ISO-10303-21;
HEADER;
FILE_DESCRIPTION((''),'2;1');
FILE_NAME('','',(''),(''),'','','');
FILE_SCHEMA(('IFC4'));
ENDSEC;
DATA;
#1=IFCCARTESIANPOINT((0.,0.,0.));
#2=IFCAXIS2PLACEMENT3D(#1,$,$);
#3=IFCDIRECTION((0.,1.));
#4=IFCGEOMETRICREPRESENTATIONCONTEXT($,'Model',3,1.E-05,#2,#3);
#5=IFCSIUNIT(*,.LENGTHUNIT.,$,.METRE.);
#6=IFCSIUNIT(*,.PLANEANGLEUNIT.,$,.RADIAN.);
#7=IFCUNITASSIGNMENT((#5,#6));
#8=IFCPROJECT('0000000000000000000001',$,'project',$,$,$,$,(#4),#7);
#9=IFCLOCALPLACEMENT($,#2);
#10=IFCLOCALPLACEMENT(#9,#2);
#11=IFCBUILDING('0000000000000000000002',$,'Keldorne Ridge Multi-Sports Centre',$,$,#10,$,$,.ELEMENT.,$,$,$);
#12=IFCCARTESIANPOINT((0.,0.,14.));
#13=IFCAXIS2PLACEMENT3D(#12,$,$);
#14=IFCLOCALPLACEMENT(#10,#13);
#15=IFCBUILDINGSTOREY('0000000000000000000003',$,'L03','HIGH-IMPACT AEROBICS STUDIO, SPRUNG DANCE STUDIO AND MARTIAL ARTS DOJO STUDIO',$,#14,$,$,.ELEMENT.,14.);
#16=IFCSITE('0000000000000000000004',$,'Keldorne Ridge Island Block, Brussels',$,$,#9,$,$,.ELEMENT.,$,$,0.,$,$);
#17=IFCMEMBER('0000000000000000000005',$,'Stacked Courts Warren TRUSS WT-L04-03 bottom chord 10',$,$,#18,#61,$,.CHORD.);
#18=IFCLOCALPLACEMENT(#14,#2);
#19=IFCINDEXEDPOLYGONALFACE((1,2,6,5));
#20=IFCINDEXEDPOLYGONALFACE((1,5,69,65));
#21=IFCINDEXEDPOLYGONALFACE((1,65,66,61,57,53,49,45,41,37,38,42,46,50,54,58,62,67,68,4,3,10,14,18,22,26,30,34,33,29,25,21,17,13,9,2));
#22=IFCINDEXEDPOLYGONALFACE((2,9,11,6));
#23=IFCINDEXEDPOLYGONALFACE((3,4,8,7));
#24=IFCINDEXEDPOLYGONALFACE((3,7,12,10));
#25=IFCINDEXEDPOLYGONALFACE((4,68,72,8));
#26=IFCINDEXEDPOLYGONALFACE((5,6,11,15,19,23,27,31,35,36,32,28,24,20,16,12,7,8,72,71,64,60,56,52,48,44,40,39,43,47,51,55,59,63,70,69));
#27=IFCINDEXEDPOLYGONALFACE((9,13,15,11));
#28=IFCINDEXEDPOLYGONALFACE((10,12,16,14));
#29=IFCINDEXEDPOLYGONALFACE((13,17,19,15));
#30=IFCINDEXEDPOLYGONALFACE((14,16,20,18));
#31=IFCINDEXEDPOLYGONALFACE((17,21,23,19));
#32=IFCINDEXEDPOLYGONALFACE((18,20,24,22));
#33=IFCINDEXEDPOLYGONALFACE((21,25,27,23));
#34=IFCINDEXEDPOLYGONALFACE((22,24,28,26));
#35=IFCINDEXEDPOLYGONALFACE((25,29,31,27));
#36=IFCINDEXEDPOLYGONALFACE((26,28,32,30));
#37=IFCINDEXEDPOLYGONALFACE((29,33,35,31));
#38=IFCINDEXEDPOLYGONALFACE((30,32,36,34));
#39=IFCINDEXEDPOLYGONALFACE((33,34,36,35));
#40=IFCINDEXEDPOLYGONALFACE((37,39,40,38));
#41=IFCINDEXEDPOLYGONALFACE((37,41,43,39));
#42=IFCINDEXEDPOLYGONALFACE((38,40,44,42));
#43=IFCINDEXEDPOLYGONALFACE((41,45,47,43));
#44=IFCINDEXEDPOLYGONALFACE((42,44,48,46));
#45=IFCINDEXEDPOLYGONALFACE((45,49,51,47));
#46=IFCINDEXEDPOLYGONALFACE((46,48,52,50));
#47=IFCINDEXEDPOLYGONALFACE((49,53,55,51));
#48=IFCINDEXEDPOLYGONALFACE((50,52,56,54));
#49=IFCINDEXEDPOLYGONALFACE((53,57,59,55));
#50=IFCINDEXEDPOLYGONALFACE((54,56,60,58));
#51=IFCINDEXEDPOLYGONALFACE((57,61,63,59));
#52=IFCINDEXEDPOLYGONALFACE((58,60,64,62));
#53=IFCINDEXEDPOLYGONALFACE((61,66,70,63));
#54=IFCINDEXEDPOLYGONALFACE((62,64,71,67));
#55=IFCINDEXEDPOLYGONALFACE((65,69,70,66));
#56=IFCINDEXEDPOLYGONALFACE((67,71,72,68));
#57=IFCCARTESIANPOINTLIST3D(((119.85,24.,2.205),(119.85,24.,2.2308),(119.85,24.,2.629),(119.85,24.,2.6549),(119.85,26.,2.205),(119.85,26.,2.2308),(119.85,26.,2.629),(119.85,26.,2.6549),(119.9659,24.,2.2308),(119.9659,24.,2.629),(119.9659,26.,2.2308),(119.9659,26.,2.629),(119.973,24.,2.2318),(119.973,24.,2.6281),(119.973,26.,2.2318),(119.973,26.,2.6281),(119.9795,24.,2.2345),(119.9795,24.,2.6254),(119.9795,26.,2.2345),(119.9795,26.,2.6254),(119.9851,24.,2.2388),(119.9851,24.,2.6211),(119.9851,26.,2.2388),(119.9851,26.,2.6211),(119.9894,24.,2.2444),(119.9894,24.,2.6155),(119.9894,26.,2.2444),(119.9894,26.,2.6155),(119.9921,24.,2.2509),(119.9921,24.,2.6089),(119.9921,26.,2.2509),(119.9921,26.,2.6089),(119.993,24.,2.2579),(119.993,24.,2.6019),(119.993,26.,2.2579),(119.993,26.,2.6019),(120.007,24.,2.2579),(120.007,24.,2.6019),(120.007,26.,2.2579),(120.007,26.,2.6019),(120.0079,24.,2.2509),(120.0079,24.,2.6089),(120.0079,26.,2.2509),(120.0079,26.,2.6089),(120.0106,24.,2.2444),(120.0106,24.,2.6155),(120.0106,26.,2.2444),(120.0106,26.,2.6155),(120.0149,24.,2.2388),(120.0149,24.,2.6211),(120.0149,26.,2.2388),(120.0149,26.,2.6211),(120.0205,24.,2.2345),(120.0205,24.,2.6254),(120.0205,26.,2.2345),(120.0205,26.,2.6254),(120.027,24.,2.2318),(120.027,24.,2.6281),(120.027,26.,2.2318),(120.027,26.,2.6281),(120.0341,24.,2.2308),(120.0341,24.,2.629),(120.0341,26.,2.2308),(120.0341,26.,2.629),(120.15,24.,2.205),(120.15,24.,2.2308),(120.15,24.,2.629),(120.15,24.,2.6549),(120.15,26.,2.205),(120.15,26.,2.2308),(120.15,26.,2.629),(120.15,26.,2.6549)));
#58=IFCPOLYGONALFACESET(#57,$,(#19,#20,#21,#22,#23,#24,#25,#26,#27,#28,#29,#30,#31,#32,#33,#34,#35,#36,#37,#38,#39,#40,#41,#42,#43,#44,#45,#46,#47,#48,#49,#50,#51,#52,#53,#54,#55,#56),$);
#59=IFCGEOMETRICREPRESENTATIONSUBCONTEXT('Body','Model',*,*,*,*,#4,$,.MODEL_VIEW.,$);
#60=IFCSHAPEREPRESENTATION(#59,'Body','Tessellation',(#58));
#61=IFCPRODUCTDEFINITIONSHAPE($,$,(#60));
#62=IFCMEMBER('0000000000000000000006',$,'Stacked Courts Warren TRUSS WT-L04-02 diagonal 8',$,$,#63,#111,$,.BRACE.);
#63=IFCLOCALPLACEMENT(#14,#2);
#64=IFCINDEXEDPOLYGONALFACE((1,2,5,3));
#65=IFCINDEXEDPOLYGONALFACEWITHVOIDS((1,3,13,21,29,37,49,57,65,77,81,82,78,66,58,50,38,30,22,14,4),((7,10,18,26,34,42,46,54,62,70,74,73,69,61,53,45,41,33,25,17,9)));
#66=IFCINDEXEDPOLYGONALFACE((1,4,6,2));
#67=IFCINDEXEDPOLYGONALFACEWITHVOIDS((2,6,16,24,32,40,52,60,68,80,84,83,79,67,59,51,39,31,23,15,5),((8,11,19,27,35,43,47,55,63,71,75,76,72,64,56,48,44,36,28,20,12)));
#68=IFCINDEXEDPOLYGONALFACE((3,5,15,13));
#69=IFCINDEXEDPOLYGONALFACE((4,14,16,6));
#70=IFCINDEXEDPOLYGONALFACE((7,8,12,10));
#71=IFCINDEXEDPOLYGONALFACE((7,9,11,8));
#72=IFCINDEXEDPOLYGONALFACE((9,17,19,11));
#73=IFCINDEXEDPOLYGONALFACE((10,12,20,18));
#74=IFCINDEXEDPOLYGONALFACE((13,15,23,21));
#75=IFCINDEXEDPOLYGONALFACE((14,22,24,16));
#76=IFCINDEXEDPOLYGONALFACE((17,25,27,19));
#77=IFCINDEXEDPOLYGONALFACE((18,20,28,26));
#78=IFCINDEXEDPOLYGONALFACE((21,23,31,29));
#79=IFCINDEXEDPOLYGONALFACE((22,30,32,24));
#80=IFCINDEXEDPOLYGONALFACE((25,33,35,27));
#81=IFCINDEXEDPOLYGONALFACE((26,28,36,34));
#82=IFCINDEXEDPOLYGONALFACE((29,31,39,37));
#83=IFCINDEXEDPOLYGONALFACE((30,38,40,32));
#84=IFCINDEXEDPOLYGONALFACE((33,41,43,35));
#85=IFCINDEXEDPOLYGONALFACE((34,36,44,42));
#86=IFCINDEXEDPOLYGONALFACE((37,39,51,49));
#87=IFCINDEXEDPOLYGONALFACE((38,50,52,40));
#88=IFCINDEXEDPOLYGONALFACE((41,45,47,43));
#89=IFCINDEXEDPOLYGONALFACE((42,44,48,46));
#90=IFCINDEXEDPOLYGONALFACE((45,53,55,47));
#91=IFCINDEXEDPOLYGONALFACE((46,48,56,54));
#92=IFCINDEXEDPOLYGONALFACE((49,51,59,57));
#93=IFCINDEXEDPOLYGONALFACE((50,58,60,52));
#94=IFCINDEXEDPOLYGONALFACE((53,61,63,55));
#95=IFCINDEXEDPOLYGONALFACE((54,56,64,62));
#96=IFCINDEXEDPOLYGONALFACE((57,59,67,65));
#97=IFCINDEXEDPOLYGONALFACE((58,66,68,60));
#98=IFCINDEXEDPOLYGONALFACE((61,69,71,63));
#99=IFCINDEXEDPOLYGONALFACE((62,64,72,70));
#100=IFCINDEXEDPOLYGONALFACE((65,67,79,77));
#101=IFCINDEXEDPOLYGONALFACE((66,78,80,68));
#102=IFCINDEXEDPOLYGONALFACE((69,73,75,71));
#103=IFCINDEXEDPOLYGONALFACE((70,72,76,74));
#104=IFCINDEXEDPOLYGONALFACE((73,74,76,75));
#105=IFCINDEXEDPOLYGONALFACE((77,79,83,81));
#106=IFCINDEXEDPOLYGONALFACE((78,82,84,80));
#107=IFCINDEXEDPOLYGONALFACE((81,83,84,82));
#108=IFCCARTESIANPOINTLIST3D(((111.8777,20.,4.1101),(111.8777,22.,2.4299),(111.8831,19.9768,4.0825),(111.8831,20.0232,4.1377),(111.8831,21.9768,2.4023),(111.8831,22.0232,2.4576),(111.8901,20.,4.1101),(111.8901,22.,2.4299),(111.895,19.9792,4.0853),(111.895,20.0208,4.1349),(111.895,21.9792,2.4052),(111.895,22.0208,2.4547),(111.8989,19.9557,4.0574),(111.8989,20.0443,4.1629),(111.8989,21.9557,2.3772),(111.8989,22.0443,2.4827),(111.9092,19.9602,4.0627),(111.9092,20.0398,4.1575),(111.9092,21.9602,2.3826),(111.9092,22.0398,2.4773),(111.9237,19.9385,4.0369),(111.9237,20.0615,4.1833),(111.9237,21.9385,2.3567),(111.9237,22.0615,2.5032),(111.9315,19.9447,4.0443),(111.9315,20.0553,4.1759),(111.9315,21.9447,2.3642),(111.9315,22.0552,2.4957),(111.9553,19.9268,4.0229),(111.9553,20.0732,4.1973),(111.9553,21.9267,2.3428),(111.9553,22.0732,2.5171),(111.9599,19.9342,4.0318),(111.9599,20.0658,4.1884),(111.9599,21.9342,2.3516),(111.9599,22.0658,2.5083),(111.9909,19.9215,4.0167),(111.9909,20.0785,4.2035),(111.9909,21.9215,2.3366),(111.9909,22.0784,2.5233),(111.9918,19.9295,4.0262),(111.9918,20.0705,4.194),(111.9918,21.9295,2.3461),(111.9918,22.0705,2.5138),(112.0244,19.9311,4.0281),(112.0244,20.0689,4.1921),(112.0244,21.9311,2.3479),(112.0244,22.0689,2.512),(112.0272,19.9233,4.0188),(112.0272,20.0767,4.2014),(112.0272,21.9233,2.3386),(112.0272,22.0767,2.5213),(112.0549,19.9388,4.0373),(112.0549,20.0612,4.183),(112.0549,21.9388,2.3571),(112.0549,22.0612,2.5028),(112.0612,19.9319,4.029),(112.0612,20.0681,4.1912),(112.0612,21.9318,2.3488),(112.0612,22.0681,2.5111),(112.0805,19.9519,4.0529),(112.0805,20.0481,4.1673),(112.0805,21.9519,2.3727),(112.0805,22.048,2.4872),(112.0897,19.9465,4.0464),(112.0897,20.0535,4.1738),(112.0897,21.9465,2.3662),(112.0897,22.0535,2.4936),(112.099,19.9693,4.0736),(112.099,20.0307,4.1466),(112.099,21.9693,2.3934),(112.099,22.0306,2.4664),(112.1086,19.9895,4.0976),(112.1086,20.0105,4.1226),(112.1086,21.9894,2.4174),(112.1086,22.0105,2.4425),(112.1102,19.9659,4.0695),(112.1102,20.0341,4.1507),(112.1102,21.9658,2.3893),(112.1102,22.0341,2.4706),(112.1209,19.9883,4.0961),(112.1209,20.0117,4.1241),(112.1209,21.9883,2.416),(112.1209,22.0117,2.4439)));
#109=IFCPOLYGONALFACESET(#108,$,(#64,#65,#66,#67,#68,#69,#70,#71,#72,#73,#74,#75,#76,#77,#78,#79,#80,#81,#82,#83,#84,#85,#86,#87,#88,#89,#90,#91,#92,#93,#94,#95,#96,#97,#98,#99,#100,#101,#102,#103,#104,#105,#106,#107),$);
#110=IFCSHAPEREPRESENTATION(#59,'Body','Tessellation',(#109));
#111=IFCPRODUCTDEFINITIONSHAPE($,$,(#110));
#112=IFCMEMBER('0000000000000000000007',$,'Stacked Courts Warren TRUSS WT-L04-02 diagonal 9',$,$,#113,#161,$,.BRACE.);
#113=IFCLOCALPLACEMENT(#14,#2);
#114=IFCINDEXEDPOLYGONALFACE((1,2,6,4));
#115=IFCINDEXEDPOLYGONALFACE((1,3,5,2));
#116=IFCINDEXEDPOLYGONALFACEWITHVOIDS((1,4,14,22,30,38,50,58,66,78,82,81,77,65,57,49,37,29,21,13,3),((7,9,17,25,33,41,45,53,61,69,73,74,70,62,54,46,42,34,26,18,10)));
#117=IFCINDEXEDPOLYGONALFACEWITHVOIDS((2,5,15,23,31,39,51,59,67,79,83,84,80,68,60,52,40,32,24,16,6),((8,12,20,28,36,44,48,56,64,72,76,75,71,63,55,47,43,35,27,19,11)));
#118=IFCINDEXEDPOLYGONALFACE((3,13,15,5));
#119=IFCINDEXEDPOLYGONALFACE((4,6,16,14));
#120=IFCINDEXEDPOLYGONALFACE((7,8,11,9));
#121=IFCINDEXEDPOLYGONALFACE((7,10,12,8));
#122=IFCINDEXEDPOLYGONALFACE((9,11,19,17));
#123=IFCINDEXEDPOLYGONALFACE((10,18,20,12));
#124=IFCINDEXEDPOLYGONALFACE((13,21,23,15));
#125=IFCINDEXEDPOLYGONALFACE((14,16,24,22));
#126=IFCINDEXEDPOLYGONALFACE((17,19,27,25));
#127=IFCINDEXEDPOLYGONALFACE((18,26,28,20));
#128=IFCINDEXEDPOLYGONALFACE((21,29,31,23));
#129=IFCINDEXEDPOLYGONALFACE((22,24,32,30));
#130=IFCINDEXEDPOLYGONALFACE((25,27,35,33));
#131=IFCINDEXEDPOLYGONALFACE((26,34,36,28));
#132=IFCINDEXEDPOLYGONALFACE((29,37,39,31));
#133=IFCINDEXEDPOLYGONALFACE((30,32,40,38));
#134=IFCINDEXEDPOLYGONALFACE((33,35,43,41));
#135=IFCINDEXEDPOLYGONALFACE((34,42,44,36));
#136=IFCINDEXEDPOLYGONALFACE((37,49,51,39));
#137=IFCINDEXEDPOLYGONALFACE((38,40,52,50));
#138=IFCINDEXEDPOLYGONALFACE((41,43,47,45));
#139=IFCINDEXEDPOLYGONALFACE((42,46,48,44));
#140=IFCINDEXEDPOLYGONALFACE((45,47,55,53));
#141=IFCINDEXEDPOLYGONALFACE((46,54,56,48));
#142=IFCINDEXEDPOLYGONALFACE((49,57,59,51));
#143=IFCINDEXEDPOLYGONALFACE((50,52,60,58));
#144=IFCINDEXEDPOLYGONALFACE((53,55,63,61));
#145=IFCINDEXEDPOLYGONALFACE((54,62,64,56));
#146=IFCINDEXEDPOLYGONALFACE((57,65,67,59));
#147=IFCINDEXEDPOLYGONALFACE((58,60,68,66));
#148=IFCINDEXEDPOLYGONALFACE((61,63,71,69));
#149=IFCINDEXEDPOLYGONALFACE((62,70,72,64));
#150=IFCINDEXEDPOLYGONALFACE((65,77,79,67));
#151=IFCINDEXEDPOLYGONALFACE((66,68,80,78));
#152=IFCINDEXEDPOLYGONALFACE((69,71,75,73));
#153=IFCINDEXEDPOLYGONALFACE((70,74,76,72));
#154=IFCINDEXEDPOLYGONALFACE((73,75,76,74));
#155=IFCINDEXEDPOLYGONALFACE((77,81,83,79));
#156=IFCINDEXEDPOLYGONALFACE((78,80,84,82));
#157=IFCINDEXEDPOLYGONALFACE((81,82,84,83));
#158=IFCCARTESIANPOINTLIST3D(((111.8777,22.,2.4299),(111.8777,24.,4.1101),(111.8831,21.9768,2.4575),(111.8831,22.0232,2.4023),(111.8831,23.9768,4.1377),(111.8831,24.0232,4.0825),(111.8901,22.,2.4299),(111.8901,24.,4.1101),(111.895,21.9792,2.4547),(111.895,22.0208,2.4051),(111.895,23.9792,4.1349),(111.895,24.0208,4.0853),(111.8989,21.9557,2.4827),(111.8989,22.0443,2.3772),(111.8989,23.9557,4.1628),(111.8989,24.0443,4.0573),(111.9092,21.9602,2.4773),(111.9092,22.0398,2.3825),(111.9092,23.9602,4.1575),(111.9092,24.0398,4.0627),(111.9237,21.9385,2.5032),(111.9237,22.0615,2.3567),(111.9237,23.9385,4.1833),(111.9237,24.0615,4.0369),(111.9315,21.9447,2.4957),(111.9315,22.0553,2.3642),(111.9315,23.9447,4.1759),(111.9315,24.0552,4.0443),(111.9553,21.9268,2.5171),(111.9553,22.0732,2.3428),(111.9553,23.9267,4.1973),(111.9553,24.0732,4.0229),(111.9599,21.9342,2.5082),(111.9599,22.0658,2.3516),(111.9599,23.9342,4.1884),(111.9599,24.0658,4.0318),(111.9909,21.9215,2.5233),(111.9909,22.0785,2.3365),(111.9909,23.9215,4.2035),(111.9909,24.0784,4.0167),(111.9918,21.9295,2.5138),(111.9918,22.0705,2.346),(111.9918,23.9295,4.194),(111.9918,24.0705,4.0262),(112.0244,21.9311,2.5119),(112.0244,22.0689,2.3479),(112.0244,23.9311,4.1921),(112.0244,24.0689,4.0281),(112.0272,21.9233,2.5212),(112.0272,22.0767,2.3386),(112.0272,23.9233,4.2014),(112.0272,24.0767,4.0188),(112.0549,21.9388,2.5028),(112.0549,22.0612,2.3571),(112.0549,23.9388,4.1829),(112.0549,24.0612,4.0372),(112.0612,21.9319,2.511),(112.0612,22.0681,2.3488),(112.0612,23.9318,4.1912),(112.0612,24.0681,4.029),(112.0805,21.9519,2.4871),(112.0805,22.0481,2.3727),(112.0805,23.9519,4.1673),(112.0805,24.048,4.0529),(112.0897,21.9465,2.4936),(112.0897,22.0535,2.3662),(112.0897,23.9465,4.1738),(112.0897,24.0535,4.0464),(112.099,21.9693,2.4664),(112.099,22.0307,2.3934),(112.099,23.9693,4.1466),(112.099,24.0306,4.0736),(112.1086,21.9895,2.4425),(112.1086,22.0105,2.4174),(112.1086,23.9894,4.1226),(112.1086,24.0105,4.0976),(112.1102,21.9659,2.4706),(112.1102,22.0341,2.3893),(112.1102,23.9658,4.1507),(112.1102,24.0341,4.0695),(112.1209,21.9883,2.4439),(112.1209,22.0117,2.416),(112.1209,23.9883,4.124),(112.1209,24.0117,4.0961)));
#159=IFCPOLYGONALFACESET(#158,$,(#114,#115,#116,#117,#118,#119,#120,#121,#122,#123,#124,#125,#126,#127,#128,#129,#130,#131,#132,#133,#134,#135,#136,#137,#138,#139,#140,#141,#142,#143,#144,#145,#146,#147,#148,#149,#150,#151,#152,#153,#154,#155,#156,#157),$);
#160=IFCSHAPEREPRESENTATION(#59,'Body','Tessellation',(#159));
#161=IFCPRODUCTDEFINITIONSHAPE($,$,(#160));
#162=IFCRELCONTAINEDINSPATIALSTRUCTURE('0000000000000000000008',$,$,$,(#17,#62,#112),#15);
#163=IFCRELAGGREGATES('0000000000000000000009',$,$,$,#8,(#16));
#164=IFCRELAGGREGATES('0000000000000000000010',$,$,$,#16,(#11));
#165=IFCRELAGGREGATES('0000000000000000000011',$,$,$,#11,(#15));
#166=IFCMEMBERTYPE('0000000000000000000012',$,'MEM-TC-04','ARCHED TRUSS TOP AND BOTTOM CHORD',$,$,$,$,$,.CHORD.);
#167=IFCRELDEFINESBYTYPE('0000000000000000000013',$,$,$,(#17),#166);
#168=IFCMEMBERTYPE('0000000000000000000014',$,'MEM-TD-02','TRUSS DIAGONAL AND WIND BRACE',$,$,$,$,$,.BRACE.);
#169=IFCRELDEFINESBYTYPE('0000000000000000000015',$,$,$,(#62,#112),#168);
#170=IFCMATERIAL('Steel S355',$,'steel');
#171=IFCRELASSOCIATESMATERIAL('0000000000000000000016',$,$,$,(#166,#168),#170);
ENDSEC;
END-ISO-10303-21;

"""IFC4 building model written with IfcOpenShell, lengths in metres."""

from ifc_helpers import new_model, si_unit, direction, frame, origin, origin_2d, place, context, subcontext, project, spatial, hollow_circle, i_section, extrude, material, material_profile, profile_set, type_object, element, save


model = new_model("IFC4")

# Units and contexts
model_context = context("Model", 3, precision=1e-05, world=origin(), true_north=direction((0.0, 1.0)))
body_context = subcontext(model_context, "Body", "Model", "MODEL_VIEW")
ifc_project = project(units=[si_unit("LENGTHUNIT", "METRE"), si_unit("PLANEANGLEUNIT", "RADIAN")], contexts=[model_context])

# Site, building, storey
site_placement = place(None, origin())
site = spatial("IfcSite", under=ifc_project, at=site_placement, Name="Keldorne Ridge Island Block, Brussels", CompositionType="ELEMENT", RefElevation=0.0)
building_placement = place(site_placement, origin())
building = spatial("IfcBuilding", under=site, at=building_placement, Name="Keldorne Ridge Multi-Sports Centre", CompositionType="ELEMENT")
storey_placement = place(building_placement, frame((0.0, 0.0, 14.0)))
storey = spatial("IfcBuildingStorey", under=building, at=storey_placement, Name="L03", Description="HIGH-IMPACT AEROBICS STUDIO, SPRUNG DANCE STUDIO AND MARTIAL ARTS DOJO STUDIO", CompositionType="ELEMENT", Elevation=14.0)

# Members
ifc_material = material(Name="Steel S355", Category="steel")
ifc_material_profile_1 = material_profile(ifc_material, i_section(OverallWidth=0.3, OverallDepth=0.45, WebThickness=0.0139, FlangeThickness=0.0259, FilletRadius=0.0271, at=origin_2d()), Name="HEB 450")
ifc_profile_set_1 = profile_set([ifc_material_profile_1], Name="Steel S355")
member_type_1 = type_object("IfcMemberType", Name="MEM-TC-04", Description="ARCHED TRUSS TOP AND BOTTOM CHORD", PredefinedType="CHORD", material=ifc_profile_set_1)
for number, where, z_axis, x_axis, name in (
    (1, (120.0, 24.0, 2.4299), (0.0, 1.0, 0.0), (-1.0, 0.0, 0.0), "Stacked Courts Warren TRUSS WT-L04-03 bottom chord 10"),
):
    element("IfcMember", number, at=place(storey_placement, frame(where, z_axis=z_axis, x_axis=x_axis)), inside=storey, type_object=member_type_1, Name=name, PredefinedType="CHORD", context=body_context, shape_type="SweptSolid", body=[
        extrude(i_section(OverallWidth=0.3, OverallDepth=0.45, WebThickness=0.0139, FlangeThickness=0.0259, FilletRadius=0.0271, at=origin_2d()), origin(), (0.0, 0.0, 1.0), 2.0),
    ])
ifc_material_profile_2 = material_profile(ifc_material, hollow_circle(Radius=0.1223, WallThickness=0.0125, at=origin_2d()), Name="CHS 244.5x12.5")
ifc_profile_set_2 = profile_set([ifc_material_profile_2], Name="Steel S355")
member_type_2 = type_object("IfcMemberType", Name="MEM-TD-02", Description="TRUSS DIAGONAL AND WIND BRACE", PredefinedType="BRACE", material=ifc_profile_set_2)
for number, where, z_axis, x_axis, name in (
    (2, (112.0, 20.0, 4.1101), (0.0, 0.765672, -0.643232), (-1.0, 0.0, 0.0), "Stacked Courts Warren TRUSS WT-L04-02 diagonal 8"),
    (3, (112.0, 22.0, 2.4299), (0.0, 0.765672, 0.643232), (-1.0, 0.0, 0.0), "Stacked Courts Warren TRUSS WT-L04-02 diagonal 9"),
):
    element("IfcMember", number, at=place(storey_placement, frame(where, z_axis=z_axis, x_axis=x_axis)), inside=storey, type_object=member_type_2, Name=name, PredefinedType="BRACE", context=body_context, shape_type="SweptSolid", body=[
        extrude(hollow_circle(Radius=0.1223, WallThickness=0.0125, at=origin_2d()), origin(), (0.0, 0.0, 1.0), 2.6121),
    ])

save(model, "model.ifc")
